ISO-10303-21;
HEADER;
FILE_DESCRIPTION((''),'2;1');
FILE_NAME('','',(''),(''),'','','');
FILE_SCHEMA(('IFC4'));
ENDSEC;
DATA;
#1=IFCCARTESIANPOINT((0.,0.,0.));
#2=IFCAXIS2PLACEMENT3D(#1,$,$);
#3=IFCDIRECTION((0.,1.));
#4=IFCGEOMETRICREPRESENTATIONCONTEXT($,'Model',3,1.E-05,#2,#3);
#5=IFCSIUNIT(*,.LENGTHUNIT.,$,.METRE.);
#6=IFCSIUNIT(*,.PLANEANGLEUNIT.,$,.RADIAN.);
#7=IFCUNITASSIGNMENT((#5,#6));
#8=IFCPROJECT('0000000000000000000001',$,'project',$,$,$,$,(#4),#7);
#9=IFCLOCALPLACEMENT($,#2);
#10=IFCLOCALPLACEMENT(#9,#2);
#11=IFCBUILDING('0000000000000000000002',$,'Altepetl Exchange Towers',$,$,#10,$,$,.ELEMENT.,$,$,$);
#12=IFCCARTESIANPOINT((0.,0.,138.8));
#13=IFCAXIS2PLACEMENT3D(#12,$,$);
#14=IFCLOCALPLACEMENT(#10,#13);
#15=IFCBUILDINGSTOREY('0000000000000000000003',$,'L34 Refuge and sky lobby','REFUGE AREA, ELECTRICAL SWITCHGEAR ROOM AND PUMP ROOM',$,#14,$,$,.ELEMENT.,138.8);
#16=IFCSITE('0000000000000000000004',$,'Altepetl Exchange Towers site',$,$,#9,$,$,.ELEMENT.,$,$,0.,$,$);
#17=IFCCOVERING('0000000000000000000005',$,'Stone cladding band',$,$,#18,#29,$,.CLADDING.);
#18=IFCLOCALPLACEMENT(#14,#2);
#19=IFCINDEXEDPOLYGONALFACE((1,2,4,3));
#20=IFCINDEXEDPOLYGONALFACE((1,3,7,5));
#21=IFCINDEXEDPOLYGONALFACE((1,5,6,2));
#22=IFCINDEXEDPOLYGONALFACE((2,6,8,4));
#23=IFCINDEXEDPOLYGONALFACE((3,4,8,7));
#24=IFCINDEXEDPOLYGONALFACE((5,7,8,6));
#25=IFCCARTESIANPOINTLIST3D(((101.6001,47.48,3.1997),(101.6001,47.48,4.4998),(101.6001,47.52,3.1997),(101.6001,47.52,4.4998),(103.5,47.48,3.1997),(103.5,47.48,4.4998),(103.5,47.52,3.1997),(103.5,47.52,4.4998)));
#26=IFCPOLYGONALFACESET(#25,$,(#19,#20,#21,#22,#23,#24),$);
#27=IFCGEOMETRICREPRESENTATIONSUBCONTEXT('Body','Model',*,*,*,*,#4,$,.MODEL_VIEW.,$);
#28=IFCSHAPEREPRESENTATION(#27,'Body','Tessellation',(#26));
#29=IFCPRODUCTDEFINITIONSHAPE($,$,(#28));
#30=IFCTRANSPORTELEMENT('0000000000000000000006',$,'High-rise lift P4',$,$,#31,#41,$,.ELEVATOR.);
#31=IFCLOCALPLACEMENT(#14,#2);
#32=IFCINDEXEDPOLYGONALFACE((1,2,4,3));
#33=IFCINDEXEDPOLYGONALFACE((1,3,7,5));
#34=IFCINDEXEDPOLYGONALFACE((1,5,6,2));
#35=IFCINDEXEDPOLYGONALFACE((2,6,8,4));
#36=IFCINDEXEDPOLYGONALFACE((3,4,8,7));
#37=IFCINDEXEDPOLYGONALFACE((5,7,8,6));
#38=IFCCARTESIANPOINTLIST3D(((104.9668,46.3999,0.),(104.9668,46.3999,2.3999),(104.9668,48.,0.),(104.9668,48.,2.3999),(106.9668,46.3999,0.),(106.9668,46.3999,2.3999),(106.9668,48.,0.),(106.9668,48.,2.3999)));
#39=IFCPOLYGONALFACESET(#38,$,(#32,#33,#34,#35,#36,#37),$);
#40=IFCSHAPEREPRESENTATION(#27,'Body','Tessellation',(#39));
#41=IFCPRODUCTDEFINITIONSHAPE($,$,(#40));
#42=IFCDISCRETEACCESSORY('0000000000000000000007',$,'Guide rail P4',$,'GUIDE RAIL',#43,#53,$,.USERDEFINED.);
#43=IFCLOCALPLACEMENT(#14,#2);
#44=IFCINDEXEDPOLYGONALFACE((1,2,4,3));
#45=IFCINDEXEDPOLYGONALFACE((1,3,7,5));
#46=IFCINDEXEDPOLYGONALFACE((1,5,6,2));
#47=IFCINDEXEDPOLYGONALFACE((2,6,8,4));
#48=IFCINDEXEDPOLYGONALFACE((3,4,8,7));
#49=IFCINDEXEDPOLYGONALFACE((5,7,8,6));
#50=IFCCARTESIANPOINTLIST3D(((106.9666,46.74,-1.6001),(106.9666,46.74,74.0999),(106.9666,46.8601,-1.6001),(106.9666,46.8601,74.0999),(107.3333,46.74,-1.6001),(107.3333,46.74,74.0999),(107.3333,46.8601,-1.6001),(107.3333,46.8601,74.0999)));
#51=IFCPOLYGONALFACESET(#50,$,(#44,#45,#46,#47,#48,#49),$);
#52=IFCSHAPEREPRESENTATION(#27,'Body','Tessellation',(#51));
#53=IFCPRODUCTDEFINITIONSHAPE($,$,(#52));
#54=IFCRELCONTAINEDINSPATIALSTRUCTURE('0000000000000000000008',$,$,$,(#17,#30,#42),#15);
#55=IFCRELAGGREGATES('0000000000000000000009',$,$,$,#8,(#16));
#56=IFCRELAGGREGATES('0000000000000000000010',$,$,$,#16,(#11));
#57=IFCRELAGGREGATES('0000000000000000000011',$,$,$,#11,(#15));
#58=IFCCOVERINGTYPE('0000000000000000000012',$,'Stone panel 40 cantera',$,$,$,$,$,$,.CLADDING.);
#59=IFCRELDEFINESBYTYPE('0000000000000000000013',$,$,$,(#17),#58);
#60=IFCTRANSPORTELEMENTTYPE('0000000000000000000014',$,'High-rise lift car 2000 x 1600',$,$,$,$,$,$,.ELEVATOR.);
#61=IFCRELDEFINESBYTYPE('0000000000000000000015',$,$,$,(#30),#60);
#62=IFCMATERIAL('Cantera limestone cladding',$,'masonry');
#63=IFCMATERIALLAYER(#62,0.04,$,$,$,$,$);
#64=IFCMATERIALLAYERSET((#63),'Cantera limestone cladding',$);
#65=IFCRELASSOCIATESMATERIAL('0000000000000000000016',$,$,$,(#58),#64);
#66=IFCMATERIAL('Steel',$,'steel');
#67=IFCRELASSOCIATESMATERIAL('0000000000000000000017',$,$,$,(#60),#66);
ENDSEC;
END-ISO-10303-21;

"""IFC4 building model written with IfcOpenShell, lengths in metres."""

from ifc_helpers import new_model, si_unit, direction, frame, origin, origin_2d, place, context, subcontext, project, spatial, rectangle, extrude, material, layer, layer_set, type_object, element, save


model = new_model("IFC4")

# Units and contexts
model_context = context("Model", 3, precision=1e-05, world=origin(), true_north=direction((0.0, 1.0)))
body_context = subcontext(model_context, "Body", "Model", "MODEL_VIEW")
ifc_project = project(units=[si_unit("LENGTHUNIT", "METRE"), si_unit("PLANEANGLEUNIT", "RADIAN")], contexts=[model_context])

# Site, building, storey
site_placement = place(None, origin())
site = spatial("IfcSite", under=ifc_project, at=site_placement, Name="Altepetl Exchange Towers site", CompositionType="ELEMENT", RefElevation=0.0)
building_placement = place(site_placement, origin())
building = spatial("IfcBuilding", under=site, at=building_placement, Name="Altepetl Exchange Towers", CompositionType="ELEMENT")
storey_placement = place(building_placement, frame((0.0, 0.0, 138.8)))
storey = spatial("IfcBuildingStorey", under=building, at=storey_placement, Name="L34 Refuge and sky lobby", Description="REFUGE AREA, ELECTRICAL SWITCHGEAR ROOM AND PUMP ROOM", CompositionType="ELEMENT", Elevation=138.8)

# Shared definitions
ifc_material_1 = material(Name="Cantera limestone cladding", Category="masonry")

# Covering
ifc_layer_1 = layer(ifc_material_1, 0.04)
ifc_layer_set_1 = layer_set([ifc_layer_1], Name="Cantera limestone cladding")
covering_type = type_object("IfcCoveringType", Name="Stone panel 40 cantera", PredefinedType="CLADDING", material=ifc_layer_set_1)
covering_placement = place(storey_placement, frame((102.55, 47.5, 3.1997), z_axis=(0.0, 0.0, 1.0), x_axis=(-1.0, 0.0, 0.0)))
element("IfcCovering", 1, at=covering_placement, inside=storey, type_object=covering_type, Name="Stone cladding band", PredefinedType="CLADDING", context=body_context, shape_type="SweptSolid", body=[
    extrude(rectangle(XDim=1.8999, YDim=0.04, at=origin_2d()), origin(), (0.0, 0.0, 1.0), 1.3),
])

# Transport element
ifc_material_2 = material(Name="Steel", Category="steel")
transport_element_type = type_object("IfcTransportElementType", Name="High-rise lift car 2000 x 1600", PredefinedType="ELEVATOR", material=ifc_material_2)
transport_element_placement = place(storey_placement, frame((105.9668, 47.2, 0.0)))
element("IfcTransportElement", 2, at=transport_element_placement, inside=storey, type_object=transport_element_type, Name="High-rise lift P4", PredefinedType="ELEVATOR", context=body_context, shape_type="SweptSolid", body=[
    extrude(rectangle(XDim=2.0, YDim=1.6001, at=origin_2d()), origin(), (0.0, 0.0, 1.0), 2.3999),
])

# Discrete accessory
discrete_accessory_placement = place(storey_placement, frame((107.1499, 46.8, -1.6001)))
element("IfcDiscreteAccessory", 3, at=discrete_accessory_placement, inside=storey, Name="Guide rail P4", ObjectType="GUIDE RAIL", PredefinedType="USERDEFINED", context=body_context, shape_type="SweptSolid", body=[
    extrude(rectangle(XDim=0.3667, YDim=0.1201, at=origin_2d()), origin(), (0.0, 0.0, 1.0), 75.7),
])

save(model, "model.ifc")
